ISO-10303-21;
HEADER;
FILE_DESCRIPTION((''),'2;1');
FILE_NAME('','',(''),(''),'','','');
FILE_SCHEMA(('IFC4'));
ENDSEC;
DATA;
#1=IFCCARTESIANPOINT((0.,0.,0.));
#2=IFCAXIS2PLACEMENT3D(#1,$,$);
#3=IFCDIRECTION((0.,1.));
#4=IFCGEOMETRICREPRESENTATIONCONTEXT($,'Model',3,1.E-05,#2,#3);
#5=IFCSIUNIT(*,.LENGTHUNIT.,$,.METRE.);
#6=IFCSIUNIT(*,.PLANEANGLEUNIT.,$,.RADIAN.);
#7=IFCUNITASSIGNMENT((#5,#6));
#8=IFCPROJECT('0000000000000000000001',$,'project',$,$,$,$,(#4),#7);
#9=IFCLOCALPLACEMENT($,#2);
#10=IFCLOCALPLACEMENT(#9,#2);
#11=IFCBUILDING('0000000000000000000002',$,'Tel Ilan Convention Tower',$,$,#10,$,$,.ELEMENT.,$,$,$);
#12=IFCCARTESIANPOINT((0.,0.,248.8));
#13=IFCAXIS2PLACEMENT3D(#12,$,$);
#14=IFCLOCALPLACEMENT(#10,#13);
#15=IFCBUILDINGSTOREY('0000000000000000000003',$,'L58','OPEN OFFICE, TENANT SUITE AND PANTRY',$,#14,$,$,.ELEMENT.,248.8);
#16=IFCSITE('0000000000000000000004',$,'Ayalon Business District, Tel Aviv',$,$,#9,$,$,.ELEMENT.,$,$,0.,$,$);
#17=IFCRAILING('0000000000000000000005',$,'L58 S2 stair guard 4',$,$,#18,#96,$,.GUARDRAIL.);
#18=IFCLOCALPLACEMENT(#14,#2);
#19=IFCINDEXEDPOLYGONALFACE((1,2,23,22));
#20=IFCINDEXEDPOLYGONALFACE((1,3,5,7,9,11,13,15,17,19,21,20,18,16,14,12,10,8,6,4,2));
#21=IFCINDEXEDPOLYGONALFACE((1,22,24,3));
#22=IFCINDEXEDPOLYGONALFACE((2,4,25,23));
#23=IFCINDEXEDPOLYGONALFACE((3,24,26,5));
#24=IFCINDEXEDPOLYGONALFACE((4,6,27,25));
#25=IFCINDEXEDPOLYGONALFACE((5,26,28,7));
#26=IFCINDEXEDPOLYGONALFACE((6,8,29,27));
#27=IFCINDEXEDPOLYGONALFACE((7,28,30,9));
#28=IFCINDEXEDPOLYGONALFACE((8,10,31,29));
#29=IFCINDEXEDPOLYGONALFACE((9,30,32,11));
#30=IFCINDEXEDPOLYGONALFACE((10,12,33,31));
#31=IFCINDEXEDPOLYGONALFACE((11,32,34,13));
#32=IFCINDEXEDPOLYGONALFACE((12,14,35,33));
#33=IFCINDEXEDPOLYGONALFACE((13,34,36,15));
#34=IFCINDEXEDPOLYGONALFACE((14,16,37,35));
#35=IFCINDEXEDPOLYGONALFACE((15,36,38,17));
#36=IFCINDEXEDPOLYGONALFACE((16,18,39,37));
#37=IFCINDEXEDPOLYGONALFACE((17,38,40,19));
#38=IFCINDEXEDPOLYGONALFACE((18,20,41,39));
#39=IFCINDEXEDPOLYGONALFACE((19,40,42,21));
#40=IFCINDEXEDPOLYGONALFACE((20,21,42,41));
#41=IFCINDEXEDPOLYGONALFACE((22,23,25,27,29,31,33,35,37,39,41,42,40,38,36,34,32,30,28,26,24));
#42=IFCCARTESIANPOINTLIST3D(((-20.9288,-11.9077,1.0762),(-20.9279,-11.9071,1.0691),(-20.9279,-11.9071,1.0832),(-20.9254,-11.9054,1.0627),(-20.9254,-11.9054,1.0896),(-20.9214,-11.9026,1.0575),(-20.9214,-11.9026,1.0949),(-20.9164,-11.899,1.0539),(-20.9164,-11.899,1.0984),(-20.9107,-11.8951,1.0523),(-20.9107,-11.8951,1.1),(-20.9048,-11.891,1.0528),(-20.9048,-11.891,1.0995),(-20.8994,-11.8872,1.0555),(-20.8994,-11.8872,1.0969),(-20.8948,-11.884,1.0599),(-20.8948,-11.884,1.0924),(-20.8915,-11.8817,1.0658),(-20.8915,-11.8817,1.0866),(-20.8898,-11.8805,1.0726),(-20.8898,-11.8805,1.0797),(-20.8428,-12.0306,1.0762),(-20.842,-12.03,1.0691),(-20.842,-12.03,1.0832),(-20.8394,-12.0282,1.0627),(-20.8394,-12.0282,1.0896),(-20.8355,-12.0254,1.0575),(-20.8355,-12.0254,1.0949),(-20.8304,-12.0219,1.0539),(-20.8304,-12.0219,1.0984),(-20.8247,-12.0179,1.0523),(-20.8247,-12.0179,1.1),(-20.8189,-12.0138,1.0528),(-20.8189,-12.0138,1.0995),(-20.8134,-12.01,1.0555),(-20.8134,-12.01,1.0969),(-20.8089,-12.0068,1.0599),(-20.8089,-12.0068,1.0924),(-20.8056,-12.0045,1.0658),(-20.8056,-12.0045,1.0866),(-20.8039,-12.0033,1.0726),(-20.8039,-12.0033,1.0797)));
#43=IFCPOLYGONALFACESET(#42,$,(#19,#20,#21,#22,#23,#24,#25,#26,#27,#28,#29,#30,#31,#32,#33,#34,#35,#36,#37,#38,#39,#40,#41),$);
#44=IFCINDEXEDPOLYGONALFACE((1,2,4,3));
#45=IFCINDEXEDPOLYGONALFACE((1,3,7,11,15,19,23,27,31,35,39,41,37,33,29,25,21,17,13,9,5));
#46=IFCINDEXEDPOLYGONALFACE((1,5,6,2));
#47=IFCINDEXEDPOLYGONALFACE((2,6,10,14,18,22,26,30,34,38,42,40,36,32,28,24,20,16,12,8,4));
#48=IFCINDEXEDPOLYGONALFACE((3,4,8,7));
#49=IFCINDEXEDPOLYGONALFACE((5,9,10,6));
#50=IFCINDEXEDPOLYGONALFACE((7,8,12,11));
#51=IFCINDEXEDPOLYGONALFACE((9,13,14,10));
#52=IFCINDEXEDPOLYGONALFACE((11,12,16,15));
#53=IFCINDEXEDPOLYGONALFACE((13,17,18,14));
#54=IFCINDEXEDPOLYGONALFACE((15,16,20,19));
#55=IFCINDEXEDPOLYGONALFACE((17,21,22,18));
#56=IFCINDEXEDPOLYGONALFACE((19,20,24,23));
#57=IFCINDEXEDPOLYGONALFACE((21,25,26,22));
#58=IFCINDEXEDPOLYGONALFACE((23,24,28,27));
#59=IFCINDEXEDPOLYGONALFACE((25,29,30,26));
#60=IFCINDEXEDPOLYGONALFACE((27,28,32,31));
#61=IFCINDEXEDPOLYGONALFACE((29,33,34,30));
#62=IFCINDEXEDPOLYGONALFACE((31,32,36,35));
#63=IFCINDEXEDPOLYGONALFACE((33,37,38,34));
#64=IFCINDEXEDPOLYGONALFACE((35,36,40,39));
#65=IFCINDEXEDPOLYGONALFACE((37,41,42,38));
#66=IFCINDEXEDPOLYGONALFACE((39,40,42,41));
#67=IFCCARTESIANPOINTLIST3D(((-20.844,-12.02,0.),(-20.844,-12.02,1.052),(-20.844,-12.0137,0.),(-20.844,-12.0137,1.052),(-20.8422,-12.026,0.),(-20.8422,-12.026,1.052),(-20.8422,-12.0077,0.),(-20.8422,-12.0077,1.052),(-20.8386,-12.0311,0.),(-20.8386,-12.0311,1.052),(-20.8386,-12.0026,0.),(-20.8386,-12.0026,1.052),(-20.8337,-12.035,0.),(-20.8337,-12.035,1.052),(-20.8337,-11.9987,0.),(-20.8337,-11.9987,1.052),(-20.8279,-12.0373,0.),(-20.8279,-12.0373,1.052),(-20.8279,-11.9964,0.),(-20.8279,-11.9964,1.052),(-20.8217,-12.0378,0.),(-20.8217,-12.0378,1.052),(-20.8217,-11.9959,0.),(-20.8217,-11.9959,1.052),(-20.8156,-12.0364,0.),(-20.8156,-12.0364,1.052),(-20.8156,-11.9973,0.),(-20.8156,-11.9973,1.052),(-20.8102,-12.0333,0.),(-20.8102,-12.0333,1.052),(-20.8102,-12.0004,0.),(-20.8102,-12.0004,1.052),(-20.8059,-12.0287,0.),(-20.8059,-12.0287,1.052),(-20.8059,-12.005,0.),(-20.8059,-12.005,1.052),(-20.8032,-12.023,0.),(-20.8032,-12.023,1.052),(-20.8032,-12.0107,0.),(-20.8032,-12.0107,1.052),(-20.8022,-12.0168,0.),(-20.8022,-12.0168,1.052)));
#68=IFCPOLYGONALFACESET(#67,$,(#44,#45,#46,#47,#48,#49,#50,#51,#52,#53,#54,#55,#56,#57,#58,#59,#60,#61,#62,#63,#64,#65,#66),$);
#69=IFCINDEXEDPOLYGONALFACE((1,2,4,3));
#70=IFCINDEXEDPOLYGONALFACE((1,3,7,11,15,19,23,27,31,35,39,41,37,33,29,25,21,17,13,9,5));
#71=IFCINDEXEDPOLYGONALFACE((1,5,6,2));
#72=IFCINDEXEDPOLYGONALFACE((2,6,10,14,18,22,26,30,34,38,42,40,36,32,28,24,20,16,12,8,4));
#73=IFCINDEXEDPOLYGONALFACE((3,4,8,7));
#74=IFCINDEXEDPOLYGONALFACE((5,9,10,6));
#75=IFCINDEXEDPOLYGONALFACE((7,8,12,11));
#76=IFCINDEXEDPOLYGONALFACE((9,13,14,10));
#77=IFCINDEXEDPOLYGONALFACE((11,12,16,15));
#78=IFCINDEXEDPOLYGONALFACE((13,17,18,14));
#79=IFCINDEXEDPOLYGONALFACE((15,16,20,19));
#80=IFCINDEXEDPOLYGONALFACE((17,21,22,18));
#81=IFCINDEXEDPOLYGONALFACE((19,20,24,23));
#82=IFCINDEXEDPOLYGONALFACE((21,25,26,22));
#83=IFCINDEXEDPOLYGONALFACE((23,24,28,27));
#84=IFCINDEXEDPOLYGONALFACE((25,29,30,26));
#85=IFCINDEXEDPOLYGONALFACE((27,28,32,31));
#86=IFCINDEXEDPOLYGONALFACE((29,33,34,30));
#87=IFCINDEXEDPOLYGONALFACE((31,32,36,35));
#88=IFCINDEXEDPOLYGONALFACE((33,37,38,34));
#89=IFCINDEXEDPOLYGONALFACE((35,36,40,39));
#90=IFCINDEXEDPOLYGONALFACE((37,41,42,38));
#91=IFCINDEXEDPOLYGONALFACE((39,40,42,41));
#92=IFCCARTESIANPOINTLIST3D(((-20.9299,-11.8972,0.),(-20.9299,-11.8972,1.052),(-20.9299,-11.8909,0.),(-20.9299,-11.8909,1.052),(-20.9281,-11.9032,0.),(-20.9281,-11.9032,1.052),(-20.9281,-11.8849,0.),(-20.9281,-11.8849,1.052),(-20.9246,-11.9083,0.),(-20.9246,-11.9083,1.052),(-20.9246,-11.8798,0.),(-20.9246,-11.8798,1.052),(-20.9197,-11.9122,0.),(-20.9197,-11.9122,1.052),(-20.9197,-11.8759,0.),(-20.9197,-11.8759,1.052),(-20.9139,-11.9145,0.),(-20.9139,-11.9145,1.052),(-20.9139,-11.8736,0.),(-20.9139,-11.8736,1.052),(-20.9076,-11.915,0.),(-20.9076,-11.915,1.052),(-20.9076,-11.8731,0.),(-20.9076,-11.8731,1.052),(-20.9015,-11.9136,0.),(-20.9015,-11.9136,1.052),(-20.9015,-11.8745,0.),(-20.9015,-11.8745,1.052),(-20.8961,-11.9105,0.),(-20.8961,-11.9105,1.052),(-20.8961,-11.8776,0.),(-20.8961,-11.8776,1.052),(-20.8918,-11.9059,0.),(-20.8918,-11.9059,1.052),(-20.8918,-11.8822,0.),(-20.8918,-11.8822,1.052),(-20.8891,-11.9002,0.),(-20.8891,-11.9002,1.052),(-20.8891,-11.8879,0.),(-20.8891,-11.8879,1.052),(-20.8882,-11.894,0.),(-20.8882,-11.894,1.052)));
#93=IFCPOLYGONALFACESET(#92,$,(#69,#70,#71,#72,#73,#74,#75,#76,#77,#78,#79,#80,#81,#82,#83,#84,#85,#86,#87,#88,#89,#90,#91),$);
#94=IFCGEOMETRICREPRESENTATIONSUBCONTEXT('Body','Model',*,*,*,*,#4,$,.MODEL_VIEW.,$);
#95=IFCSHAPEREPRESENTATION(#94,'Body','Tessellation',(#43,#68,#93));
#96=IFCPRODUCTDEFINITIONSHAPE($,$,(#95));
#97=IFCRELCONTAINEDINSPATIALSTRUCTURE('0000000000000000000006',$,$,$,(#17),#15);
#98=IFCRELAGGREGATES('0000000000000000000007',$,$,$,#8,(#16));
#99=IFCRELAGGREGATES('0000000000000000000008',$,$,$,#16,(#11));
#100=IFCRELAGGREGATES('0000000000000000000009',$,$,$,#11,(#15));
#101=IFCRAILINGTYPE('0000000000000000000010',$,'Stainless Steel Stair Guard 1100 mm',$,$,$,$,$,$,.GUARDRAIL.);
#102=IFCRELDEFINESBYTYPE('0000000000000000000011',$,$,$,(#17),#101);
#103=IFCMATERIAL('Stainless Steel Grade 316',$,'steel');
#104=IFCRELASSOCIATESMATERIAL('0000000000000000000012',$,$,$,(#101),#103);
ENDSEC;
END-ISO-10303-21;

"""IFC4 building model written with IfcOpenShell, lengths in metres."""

from ifc_helpers import new_model, si_unit, direction, frame, origin, origin_2d, place, context, subcontext, project, spatial, circle, extrude, material, type_object, element, save


model = new_model("IFC4")

# Units and contexts
model_context = context("Model", 3, precision=1e-05, world=origin(), true_north=direction((0.0, 1.0)))
body_context = subcontext(model_context, "Body", "Model", "MODEL_VIEW")
ifc_project = project(units=[si_unit("LENGTHUNIT", "METRE"), si_unit("PLANEANGLEUNIT", "RADIAN")], contexts=[model_context])

# Site, building, storey
site_placement = place(None, origin())
site = spatial("IfcSite", under=ifc_project, at=site_placement, Name="Ayalon Business District, Tel Aviv", CompositionType="ELEMENT", RefElevation=0.0)
building_placement = place(site_placement, origin())
building = spatial("IfcBuilding", under=site, at=building_placement, Name="Tel Ilan Convention Tower", CompositionType="ELEMENT")
storey_placement = place(building_placement, frame((0.0, 0.0, 248.8)))
storey = spatial("IfcBuildingStorey", under=building, at=storey_placement, Name="L58", Description="OPEN OFFICE, TENANT SUITE AND PANTRY", CompositionType="ELEMENT", Elevation=248.8)

# Railing
ifc_material_1 = material(Name="Stainless Steel Grade 316", Category="steel")
railing_type_1 = type_object("IfcRailingType", Name="Stainless Steel Stair Guard 1100 mm", PredefinedType="GUARDRAIL", material=ifc_material_1)
railing_1_placement = place(storey_placement, frame((-20.8232, -12.0168, 0.0)))
element("IfcRailing", 1, at=railing_1_placement, inside=storey, type_object=railing_type_1, Name="L58 S2 stair guard 4", PredefinedType="GUARDRAIL", context=body_context, shape_type="SweptSolid", body=[
    extrude(circle(Radius=0.0239, at=origin_2d()), frame((0.0, 0.0, 1.0762), z_axis=(-0.573353, 0.819308, 0.0), x_axis=(-0.819308, -0.573353, 0.0)), (0.0, 0.0, 1.0), 0.1499),
    extrude(circle(Radius=0.021, at=origin_2d()), origin(), (0.0, 0.0, 1.0), 1.052),
    extrude(circle(Radius=0.021, at=origin_2d()), frame((-0.0859, 0.1228, 0.0)), (0.0, 0.0, 1.0), 1.052),
])

save(model, "model.ifc")
